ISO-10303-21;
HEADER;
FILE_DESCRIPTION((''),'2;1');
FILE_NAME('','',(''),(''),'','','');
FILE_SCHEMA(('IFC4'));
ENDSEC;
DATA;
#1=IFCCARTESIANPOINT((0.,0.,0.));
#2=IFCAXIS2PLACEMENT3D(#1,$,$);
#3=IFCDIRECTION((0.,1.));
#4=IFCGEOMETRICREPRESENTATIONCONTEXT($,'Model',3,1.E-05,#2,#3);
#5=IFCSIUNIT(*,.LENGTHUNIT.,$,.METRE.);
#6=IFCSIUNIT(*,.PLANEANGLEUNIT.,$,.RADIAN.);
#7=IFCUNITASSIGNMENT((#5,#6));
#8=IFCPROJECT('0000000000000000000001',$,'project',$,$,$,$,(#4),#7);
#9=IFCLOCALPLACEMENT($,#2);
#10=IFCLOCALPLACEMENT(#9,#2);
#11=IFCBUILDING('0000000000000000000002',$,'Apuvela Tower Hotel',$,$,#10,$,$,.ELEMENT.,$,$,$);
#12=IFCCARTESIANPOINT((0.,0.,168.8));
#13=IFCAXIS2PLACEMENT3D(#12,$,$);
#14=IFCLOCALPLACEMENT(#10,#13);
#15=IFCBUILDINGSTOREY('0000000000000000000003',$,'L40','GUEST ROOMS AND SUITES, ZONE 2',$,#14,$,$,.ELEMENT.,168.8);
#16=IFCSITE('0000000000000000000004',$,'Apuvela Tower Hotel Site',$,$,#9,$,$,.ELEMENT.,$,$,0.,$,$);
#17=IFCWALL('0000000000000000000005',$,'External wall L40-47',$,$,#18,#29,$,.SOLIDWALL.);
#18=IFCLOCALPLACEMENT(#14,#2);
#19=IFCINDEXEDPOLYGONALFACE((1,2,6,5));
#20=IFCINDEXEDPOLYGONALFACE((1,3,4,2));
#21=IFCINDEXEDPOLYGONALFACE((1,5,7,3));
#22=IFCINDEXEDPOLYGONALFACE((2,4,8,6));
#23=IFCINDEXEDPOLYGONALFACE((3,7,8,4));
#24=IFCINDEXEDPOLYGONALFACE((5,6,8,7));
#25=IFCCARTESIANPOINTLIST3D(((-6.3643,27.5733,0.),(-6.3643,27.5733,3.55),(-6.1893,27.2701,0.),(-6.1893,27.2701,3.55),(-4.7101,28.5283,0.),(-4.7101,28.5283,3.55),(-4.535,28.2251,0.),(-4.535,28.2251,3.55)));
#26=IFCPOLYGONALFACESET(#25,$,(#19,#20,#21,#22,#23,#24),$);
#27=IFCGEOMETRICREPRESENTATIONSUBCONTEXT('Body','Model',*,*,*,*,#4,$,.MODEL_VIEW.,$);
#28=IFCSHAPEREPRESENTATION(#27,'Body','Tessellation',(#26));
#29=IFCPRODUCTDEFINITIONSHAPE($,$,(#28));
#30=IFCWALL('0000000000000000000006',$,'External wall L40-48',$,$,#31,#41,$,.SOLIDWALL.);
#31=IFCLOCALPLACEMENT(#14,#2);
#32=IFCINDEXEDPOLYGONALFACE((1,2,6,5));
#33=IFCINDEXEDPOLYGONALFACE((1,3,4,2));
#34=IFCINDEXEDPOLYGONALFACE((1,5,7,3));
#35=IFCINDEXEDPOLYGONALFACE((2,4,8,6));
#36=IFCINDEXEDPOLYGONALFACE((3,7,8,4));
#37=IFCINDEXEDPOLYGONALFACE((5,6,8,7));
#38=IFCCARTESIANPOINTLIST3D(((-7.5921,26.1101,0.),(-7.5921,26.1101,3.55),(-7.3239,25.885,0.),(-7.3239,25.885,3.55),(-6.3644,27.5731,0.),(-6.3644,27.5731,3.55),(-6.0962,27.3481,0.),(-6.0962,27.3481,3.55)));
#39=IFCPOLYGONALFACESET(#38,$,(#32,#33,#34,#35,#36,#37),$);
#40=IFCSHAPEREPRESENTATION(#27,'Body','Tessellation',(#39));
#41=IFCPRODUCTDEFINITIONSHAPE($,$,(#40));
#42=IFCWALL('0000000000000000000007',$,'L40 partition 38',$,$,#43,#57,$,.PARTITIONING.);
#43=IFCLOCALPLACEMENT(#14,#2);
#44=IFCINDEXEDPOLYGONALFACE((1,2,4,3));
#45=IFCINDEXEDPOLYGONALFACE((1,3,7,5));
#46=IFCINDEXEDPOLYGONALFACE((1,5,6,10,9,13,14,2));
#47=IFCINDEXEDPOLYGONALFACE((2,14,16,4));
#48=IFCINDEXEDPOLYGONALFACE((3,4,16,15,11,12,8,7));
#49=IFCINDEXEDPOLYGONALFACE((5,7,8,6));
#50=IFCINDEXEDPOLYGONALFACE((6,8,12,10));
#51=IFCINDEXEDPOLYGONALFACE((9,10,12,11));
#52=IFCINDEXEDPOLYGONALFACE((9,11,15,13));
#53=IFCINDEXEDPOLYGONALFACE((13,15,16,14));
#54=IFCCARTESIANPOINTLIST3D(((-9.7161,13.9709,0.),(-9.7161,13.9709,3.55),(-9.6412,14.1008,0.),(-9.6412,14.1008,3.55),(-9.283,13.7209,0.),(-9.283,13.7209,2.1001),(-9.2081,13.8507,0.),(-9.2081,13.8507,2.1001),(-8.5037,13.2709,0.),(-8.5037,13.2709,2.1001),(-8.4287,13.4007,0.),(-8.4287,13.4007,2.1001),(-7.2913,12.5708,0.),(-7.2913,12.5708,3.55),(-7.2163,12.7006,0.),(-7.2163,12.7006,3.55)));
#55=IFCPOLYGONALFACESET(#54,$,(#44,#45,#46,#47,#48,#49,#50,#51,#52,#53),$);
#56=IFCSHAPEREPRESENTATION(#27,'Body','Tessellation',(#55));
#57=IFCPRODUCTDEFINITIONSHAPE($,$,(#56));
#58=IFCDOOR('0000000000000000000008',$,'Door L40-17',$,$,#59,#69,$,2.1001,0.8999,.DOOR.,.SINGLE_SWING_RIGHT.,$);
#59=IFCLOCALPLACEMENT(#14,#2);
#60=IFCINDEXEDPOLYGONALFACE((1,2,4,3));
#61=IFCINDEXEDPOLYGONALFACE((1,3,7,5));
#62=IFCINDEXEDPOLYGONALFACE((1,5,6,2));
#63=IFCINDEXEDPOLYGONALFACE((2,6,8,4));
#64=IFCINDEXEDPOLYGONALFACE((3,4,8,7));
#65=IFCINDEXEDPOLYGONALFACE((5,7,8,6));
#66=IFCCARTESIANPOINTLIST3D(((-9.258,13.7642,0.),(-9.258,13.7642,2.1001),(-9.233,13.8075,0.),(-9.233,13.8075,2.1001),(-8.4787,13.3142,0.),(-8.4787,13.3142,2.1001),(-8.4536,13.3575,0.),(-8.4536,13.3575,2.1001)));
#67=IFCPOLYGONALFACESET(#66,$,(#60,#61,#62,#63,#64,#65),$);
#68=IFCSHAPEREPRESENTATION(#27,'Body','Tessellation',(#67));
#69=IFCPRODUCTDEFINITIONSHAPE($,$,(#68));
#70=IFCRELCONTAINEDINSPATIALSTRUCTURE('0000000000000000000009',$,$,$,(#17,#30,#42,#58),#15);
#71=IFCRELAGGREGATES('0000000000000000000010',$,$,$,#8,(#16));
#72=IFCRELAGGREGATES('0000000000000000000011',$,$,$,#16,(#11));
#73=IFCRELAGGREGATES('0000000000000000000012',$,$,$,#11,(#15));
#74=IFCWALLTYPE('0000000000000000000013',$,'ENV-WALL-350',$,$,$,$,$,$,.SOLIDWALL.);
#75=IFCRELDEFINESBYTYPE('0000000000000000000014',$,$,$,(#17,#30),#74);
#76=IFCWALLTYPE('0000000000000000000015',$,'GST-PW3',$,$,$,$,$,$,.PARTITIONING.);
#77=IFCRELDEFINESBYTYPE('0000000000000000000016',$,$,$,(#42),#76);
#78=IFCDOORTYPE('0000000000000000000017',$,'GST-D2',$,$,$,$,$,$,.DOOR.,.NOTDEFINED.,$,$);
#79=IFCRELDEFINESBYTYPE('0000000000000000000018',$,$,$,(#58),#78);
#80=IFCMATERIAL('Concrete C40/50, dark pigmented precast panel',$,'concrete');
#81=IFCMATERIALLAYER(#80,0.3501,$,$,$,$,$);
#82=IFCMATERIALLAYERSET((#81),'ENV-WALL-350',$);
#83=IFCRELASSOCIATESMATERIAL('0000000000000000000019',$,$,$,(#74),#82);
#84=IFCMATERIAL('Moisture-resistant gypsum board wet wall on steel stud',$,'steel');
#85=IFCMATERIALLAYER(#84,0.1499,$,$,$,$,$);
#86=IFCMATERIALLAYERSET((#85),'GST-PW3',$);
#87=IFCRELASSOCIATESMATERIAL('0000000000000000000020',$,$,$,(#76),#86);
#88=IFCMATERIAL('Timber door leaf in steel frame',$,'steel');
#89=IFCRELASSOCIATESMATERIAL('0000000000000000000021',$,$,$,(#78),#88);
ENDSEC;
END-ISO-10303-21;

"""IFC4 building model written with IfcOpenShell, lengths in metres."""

from ifc_helpers import new_model, si_unit, direction, frame, frame_2d, origin, place, context, subcontext, project, spatial, rectangle, extrude, material, layer, layer_set, type_object, element, fill, save


model = new_model("IFC4")

# Units and contexts
model_context = context("Model", 3, precision=1e-05, world=origin(), true_north=direction((0.0, 1.0)))
body_context = subcontext(model_context, "Body", "Model", "MODEL_VIEW")
ifc_project = project(units=[si_unit("LENGTHUNIT", "METRE"), si_unit("PLANEANGLEUNIT", "RADIAN")], contexts=[model_context])

# Site, building, storey
site_placement = place(None, origin())
site = spatial("IfcSite", under=ifc_project, at=site_placement, Name="Apuvela Tower Hotel Site", CompositionType="ELEMENT", RefElevation=0.0)
building_placement = place(site_placement, origin())
building = spatial("IfcBuilding", under=site, at=building_placement, Name="Apuvela Tower Hotel", CompositionType="ELEMENT")
storey_placement = place(building_placement, frame((0.0, 0.0, 168.8)))
storey = spatial("IfcBuildingStorey", under=building, at=storey_placement, Name="L40", Description="GUEST ROOMS AND SUITES, ZONE 2", CompositionType="ELEMENT", Elevation=168.8)

# Shared definitions
ifc_material_1 = material(Name="Concrete C40/50, dark pigmented precast panel", Category="concrete")
ifc_layer_1 = layer(ifc_material_1, 0.3501)
ifc_layer_set_1 = layer_set([ifc_layer_1], Name="ENV-WALL-350")
wall_type_1 = type_object("IfcWallType", Name="ENV-WALL-350", PredefinedType="SOLIDWALL", material=ifc_layer_set_1)

# Walls
for number, where, z_axis, x_axis, name in (
    (1, (-4.6226, 28.3767, 0.0), (0.0, 0.0, 1.0), (-0.866032, -0.499988, 0.0), "External wall L40-47"),
):
    element("IfcWall", number, at=place(storey_placement, frame(where, z_axis=z_axis, x_axis=x_axis)), inside=storey, type_object=wall_type_1, Name=name, PredefinedType="SOLIDWALL", context=body_context, shape_type="SweptSolid", body=[
        extrude(rectangle(XDim=1.9102, YDim=0.3501, at=frame_2d((0.9551, 0.0))), origin(), (0.0, 0.0, 1.0), 3.55),
    ])
wall_1_placement = place(storey_placement, frame((-6.2302, 27.4607, 0.0), z_axis=(0.0, 0.0, 1.0), x_axis=(-0.642808, -0.766027, 0.0)))
element("IfcWall", 2, at=wall_1_placement, inside=storey, type_object=wall_type_1, Name="External wall L40-48", PredefinedType="SOLIDWALL", context=body_context, shape_type="SweptSolid", body=[
    extrude(rectangle(XDim=1.9099, YDim=0.3501, at=frame_2d((0.9551, 0.0))), origin(), (0.0, 0.0, 1.0), 3.55),
])

# Wall, opening, door
ifc_material_2 = material(Name="Moisture-resistant gypsum board wet wall on steel stud", Category="steel")
ifc_layer_2 = layer(ifc_material_2, 0.1499)
ifc_layer_set_2 = layer_set([ifc_layer_2], Name="GST-PW3")
wall_type_2 = type_object("IfcWallType", Name="GST-PW3", PredefinedType="PARTITIONING", material=ifc_layer_set_2)
wall_2_placement = place(storey_placement, frame((-7.2539, 12.6357, 0.0), z_axis=(0.0, 0.0, 1.0), x_axis=(-0.865997, 0.50005, 0.0)))
wall_2 = element("IfcWall", 3, at=wall_2_placement, inside=storey, type_object=wall_type_2, Name="L40 partition 38", PredefinedType="PARTITIONING", context=body_context, shape_type="SweptSolid", body=[
    extrude(rectangle(XDim=2.8, YDim=0.1499, at=frame_2d((1.3999, 0.0))), origin(), (0.0, 0.0, 1.0), 3.55),
])
opening_1_placement = place(wall_2_placement, frame((1.3999, 0.0, 0.0)))
opening_1 = element("IfcOpeningElement", 4, at=opening_1_placement, cuts=wall_2, PredefinedType="OPENING", context=body_context, shape_type="SweptSolid", body=[
    extrude(rectangle(XDim=0.8999, YDim=2.1001, at=frame_2d((0.45, 1.05))), frame((0.0, 0.085, 0.0), z_axis=(0.0, -1.0, 0.0), x_axis=(1.0, 0.0, 0.0)), (0.0, 0.0, 1.0), 0.1699),
])
ifc_material_3 = material(Name="Timber door leaf in steel frame", Category="steel")
door_type_1 = type_object("IfcDoorType", Name="GST-D2", OperationType="NOTDEFINED", PredefinedType="DOOR", material=ifc_material_3)
door_1_placement = place(opening_1_placement, origin())
door_1 = element("IfcDoor", 5, at=door_1_placement, inside=storey, type_object=door_type_1, Name="Door L40-17", OperationType="SINGLE_SWING_RIGHT", OverallHeight=2.1001, OverallWidth=0.8999, PredefinedType="DOOR", context=body_context, shape_type="SweptSolid", body=[
    extrude(rectangle(XDim=0.8999, YDim=2.1001, at=frame_2d((0.45, 1.05))), frame((0.0, 0.0249, 0.0), z_axis=(0.0, -1.0, 0.0), x_axis=(1.0, 0.0, 0.0)), (0.0, 0.0, 1.0), 0.05),
])
fill(opening_1, door_1)

save(model, "model.ifc")
